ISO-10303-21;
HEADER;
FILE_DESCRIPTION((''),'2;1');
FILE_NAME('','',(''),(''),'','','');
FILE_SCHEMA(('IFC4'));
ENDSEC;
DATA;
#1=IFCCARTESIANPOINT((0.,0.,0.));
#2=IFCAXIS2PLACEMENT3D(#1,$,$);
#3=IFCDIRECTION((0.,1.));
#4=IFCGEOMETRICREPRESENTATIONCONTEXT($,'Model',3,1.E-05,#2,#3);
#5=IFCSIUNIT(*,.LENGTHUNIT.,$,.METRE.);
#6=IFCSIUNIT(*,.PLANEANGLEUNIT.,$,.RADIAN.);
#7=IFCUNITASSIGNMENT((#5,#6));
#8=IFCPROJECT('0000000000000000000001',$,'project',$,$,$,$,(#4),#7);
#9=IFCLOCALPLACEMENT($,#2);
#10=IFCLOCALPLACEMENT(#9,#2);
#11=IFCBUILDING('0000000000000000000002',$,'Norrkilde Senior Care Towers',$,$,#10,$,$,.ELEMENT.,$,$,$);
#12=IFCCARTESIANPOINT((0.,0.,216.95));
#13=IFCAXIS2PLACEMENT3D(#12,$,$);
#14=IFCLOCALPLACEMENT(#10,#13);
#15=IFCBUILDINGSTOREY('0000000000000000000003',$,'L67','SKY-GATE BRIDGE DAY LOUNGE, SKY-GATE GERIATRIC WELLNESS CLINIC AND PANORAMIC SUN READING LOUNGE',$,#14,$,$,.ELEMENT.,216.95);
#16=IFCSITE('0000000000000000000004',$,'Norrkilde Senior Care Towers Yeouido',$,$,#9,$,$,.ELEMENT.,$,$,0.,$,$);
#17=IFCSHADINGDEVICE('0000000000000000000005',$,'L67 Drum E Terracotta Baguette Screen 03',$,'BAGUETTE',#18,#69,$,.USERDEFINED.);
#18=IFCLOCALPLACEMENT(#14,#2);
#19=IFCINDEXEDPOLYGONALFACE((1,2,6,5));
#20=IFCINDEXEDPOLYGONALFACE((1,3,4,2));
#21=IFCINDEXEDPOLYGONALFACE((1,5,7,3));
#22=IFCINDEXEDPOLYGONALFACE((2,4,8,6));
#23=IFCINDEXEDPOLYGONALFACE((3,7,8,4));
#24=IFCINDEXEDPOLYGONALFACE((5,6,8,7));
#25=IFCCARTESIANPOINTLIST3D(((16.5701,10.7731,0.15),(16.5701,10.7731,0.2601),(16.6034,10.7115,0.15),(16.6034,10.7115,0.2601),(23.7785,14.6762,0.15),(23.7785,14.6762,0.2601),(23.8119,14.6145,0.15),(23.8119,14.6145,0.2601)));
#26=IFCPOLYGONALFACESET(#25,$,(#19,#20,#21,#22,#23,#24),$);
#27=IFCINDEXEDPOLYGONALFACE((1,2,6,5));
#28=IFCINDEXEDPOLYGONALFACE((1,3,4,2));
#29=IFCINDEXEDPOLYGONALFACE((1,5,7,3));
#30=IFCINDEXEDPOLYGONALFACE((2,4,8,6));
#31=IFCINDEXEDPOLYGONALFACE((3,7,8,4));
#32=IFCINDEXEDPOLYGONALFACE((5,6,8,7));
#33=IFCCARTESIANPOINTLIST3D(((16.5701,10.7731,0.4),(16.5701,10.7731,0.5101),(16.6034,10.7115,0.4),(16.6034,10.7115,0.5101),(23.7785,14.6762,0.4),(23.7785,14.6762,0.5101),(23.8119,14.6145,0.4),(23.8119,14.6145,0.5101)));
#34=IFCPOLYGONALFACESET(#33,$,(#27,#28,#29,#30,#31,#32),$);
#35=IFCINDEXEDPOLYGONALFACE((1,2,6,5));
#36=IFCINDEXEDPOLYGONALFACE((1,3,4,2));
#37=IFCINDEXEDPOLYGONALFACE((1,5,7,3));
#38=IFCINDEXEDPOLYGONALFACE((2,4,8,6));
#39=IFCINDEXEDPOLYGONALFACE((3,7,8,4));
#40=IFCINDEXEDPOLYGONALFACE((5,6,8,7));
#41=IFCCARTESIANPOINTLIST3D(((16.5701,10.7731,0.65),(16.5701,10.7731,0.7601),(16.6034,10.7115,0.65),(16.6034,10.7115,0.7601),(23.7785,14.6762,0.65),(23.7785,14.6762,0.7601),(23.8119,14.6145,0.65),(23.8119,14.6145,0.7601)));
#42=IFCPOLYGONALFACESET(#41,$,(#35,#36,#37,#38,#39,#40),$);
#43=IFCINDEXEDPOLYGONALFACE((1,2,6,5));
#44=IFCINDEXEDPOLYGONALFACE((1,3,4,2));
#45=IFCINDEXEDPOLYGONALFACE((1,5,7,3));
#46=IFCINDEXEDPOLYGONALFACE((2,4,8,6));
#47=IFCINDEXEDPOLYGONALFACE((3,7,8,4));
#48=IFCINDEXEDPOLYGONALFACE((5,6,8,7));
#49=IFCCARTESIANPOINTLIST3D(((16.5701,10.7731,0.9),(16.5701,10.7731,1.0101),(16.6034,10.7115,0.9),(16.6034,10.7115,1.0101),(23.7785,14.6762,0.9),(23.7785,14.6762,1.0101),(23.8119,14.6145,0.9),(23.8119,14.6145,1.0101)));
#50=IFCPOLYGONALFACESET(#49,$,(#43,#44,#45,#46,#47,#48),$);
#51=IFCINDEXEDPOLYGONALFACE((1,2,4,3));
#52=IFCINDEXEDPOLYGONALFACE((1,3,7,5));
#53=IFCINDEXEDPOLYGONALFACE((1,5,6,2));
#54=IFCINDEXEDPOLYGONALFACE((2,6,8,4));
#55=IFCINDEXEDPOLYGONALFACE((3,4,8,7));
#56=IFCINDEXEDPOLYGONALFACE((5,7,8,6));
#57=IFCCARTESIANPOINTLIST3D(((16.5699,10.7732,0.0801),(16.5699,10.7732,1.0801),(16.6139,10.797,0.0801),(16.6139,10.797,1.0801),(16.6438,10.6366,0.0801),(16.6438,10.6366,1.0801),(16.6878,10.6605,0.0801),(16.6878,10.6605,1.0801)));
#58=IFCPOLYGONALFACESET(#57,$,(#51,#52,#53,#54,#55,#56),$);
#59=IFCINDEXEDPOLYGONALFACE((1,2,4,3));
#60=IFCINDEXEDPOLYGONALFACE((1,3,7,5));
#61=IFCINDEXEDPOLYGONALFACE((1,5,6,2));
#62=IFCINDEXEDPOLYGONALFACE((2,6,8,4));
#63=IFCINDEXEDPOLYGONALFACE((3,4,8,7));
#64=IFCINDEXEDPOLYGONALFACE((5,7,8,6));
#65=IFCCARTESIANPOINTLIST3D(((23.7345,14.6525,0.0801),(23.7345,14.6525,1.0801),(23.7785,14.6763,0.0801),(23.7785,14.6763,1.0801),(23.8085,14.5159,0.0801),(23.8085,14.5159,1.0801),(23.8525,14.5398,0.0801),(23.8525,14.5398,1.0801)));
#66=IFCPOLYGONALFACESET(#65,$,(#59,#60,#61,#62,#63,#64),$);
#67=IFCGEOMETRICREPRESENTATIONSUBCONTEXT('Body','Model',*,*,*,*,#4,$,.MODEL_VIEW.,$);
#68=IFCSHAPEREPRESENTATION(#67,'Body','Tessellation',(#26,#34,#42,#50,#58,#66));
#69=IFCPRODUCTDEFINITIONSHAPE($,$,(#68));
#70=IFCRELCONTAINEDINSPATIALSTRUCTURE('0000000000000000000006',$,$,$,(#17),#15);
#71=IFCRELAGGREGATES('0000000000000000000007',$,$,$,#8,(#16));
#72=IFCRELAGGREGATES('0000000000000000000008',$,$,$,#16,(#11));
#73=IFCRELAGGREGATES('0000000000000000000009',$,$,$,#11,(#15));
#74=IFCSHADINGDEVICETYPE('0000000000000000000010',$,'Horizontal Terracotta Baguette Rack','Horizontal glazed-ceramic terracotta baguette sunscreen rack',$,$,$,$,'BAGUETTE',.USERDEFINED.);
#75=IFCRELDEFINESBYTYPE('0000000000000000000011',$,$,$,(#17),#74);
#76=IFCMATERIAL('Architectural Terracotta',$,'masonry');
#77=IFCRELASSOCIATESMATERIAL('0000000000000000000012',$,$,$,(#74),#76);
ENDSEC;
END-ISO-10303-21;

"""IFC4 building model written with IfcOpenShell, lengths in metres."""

from ifc_helpers import new_model, si_unit, direction, frame, origin, origin_2d, place, context, subcontext, project, spatial, rectangle, extrude, source, transform, mapped, material, type_object, type_shapes, element, save


model = new_model("IFC4")

# Units and contexts
model_context = context("Model", 3, precision=1e-05, world=origin(), true_north=direction((0.0, 1.0)))
body_context = subcontext(model_context, "Body", "Model", "MODEL_VIEW")
ifc_project = project(units=[si_unit("LENGTHUNIT", "METRE"), si_unit("PLANEANGLEUNIT", "RADIAN")], contexts=[model_context])

# Site, building, storey
site_placement = place(None, origin())
site = spatial("IfcSite", under=ifc_project, at=site_placement, Name="Norrkilde Senior Care Towers Yeouido", CompositionType="ELEMENT", RefElevation=0.0)
building_placement = place(site_placement, origin())
building = spatial("IfcBuilding", under=site, at=building_placement, Name="Norrkilde Senior Care Towers", CompositionType="ELEMENT")
storey_placement = place(building_placement, frame((0.0, 0.0, 216.95)))
storey = spatial("IfcBuildingStorey", under=building, at=storey_placement, Name="L67", Description="SKY-GATE BRIDGE DAY LOUNGE, SKY-GATE GERIATRIC WELLNESS CLINIC AND PANORAMIC SUN READING LOUNGE", CompositionType="ELEMENT", Elevation=216.95)

# Shading device
ifc_material_1 = material(Name="Architectural Terracotta", Category="masonry")
shading_device_type = type_object("IfcShadingDeviceType", Name="Horizontal Terracotta Baguette Rack", Description="Horizontal glazed-ceramic terracotta baguette sunscreen rack", ElementType="BAGUETTE", PredefinedType="USERDEFINED", material=ifc_material_1)
shared_shape_1 = source(origin(), body_context, "Body", "SweptSolid", [
    extrude(rectangle(XDim=0.0701, YDim=0.1101, at=origin_2d()), frame((0.0, 0.0901, 0.125), z_axis=(1.0, 0.0, 0.0), x_axis=(0.0, 1.0, 0.0)), (0.0, 0.0, 1.0), 8.1973),
    extrude(rectangle(XDim=0.0701, YDim=0.1101, at=origin_2d()), frame((0.0, 0.0901, 0.375), z_axis=(1.0, 0.0, 0.0), x_axis=(0.0, 1.0, 0.0)), (0.0, 0.0, 1.0), 8.1973),
    extrude(rectangle(XDim=0.0701, YDim=0.1101, at=origin_2d()), frame((0.0, 0.0901, 0.625), z_axis=(1.0, 0.0, 0.0), x_axis=(0.0, 1.0, 0.0)), (0.0, 0.0, 1.0), 8.1973),
    extrude(rectangle(XDim=0.0701, YDim=0.1101, at=origin_2d()), frame((0.0, 0.0901, 0.875), z_axis=(1.0, 0.0, 0.0), x_axis=(0.0, 1.0, 0.0)), (0.0, 0.0, 1.0), 8.1973),
    extrude(rectangle(XDim=0.05, YDim=0.1553, at=origin_2d()), frame((0.0249, 0.0476, 0.0)), (0.0, 0.0, 1.0), 1.0),
    extrude(rectangle(XDim=0.05, YDim=0.1553, at=origin_2d()), frame((8.1724, 0.0476, 0.0)), (0.0, 0.0, 1.0), 1.0),
])
type_shapes(shading_device_type, [shared_shape_1])
shading_device_placement = place(storey_placement, frame((16.6296, 10.6631, 0.0801), z_axis=(0.0, 0.0, 1.0), x_axis=(0.879378, 0.476144, 0.0)))
element("IfcShadingDevice", 1, at=shading_device_placement, inside=storey, type_object=shading_device_type, Name="L67 Drum E Terracotta Baguette Screen 03", ObjectType="BAGUETTE", PredefinedType="USERDEFINED", context=body_context, shape_type="MappedRepresentation", body=[
    mapped(shared_shape_1, transform((0.0, 0.0, 0.0), x_axis=(1.0, 0.0, 0.0), y_axis=(0.0, 1.0, 0.0), z_axis=(0.0, 0.0, 1.0), scale=1.0)),
])

save(model, "model.ifc")
